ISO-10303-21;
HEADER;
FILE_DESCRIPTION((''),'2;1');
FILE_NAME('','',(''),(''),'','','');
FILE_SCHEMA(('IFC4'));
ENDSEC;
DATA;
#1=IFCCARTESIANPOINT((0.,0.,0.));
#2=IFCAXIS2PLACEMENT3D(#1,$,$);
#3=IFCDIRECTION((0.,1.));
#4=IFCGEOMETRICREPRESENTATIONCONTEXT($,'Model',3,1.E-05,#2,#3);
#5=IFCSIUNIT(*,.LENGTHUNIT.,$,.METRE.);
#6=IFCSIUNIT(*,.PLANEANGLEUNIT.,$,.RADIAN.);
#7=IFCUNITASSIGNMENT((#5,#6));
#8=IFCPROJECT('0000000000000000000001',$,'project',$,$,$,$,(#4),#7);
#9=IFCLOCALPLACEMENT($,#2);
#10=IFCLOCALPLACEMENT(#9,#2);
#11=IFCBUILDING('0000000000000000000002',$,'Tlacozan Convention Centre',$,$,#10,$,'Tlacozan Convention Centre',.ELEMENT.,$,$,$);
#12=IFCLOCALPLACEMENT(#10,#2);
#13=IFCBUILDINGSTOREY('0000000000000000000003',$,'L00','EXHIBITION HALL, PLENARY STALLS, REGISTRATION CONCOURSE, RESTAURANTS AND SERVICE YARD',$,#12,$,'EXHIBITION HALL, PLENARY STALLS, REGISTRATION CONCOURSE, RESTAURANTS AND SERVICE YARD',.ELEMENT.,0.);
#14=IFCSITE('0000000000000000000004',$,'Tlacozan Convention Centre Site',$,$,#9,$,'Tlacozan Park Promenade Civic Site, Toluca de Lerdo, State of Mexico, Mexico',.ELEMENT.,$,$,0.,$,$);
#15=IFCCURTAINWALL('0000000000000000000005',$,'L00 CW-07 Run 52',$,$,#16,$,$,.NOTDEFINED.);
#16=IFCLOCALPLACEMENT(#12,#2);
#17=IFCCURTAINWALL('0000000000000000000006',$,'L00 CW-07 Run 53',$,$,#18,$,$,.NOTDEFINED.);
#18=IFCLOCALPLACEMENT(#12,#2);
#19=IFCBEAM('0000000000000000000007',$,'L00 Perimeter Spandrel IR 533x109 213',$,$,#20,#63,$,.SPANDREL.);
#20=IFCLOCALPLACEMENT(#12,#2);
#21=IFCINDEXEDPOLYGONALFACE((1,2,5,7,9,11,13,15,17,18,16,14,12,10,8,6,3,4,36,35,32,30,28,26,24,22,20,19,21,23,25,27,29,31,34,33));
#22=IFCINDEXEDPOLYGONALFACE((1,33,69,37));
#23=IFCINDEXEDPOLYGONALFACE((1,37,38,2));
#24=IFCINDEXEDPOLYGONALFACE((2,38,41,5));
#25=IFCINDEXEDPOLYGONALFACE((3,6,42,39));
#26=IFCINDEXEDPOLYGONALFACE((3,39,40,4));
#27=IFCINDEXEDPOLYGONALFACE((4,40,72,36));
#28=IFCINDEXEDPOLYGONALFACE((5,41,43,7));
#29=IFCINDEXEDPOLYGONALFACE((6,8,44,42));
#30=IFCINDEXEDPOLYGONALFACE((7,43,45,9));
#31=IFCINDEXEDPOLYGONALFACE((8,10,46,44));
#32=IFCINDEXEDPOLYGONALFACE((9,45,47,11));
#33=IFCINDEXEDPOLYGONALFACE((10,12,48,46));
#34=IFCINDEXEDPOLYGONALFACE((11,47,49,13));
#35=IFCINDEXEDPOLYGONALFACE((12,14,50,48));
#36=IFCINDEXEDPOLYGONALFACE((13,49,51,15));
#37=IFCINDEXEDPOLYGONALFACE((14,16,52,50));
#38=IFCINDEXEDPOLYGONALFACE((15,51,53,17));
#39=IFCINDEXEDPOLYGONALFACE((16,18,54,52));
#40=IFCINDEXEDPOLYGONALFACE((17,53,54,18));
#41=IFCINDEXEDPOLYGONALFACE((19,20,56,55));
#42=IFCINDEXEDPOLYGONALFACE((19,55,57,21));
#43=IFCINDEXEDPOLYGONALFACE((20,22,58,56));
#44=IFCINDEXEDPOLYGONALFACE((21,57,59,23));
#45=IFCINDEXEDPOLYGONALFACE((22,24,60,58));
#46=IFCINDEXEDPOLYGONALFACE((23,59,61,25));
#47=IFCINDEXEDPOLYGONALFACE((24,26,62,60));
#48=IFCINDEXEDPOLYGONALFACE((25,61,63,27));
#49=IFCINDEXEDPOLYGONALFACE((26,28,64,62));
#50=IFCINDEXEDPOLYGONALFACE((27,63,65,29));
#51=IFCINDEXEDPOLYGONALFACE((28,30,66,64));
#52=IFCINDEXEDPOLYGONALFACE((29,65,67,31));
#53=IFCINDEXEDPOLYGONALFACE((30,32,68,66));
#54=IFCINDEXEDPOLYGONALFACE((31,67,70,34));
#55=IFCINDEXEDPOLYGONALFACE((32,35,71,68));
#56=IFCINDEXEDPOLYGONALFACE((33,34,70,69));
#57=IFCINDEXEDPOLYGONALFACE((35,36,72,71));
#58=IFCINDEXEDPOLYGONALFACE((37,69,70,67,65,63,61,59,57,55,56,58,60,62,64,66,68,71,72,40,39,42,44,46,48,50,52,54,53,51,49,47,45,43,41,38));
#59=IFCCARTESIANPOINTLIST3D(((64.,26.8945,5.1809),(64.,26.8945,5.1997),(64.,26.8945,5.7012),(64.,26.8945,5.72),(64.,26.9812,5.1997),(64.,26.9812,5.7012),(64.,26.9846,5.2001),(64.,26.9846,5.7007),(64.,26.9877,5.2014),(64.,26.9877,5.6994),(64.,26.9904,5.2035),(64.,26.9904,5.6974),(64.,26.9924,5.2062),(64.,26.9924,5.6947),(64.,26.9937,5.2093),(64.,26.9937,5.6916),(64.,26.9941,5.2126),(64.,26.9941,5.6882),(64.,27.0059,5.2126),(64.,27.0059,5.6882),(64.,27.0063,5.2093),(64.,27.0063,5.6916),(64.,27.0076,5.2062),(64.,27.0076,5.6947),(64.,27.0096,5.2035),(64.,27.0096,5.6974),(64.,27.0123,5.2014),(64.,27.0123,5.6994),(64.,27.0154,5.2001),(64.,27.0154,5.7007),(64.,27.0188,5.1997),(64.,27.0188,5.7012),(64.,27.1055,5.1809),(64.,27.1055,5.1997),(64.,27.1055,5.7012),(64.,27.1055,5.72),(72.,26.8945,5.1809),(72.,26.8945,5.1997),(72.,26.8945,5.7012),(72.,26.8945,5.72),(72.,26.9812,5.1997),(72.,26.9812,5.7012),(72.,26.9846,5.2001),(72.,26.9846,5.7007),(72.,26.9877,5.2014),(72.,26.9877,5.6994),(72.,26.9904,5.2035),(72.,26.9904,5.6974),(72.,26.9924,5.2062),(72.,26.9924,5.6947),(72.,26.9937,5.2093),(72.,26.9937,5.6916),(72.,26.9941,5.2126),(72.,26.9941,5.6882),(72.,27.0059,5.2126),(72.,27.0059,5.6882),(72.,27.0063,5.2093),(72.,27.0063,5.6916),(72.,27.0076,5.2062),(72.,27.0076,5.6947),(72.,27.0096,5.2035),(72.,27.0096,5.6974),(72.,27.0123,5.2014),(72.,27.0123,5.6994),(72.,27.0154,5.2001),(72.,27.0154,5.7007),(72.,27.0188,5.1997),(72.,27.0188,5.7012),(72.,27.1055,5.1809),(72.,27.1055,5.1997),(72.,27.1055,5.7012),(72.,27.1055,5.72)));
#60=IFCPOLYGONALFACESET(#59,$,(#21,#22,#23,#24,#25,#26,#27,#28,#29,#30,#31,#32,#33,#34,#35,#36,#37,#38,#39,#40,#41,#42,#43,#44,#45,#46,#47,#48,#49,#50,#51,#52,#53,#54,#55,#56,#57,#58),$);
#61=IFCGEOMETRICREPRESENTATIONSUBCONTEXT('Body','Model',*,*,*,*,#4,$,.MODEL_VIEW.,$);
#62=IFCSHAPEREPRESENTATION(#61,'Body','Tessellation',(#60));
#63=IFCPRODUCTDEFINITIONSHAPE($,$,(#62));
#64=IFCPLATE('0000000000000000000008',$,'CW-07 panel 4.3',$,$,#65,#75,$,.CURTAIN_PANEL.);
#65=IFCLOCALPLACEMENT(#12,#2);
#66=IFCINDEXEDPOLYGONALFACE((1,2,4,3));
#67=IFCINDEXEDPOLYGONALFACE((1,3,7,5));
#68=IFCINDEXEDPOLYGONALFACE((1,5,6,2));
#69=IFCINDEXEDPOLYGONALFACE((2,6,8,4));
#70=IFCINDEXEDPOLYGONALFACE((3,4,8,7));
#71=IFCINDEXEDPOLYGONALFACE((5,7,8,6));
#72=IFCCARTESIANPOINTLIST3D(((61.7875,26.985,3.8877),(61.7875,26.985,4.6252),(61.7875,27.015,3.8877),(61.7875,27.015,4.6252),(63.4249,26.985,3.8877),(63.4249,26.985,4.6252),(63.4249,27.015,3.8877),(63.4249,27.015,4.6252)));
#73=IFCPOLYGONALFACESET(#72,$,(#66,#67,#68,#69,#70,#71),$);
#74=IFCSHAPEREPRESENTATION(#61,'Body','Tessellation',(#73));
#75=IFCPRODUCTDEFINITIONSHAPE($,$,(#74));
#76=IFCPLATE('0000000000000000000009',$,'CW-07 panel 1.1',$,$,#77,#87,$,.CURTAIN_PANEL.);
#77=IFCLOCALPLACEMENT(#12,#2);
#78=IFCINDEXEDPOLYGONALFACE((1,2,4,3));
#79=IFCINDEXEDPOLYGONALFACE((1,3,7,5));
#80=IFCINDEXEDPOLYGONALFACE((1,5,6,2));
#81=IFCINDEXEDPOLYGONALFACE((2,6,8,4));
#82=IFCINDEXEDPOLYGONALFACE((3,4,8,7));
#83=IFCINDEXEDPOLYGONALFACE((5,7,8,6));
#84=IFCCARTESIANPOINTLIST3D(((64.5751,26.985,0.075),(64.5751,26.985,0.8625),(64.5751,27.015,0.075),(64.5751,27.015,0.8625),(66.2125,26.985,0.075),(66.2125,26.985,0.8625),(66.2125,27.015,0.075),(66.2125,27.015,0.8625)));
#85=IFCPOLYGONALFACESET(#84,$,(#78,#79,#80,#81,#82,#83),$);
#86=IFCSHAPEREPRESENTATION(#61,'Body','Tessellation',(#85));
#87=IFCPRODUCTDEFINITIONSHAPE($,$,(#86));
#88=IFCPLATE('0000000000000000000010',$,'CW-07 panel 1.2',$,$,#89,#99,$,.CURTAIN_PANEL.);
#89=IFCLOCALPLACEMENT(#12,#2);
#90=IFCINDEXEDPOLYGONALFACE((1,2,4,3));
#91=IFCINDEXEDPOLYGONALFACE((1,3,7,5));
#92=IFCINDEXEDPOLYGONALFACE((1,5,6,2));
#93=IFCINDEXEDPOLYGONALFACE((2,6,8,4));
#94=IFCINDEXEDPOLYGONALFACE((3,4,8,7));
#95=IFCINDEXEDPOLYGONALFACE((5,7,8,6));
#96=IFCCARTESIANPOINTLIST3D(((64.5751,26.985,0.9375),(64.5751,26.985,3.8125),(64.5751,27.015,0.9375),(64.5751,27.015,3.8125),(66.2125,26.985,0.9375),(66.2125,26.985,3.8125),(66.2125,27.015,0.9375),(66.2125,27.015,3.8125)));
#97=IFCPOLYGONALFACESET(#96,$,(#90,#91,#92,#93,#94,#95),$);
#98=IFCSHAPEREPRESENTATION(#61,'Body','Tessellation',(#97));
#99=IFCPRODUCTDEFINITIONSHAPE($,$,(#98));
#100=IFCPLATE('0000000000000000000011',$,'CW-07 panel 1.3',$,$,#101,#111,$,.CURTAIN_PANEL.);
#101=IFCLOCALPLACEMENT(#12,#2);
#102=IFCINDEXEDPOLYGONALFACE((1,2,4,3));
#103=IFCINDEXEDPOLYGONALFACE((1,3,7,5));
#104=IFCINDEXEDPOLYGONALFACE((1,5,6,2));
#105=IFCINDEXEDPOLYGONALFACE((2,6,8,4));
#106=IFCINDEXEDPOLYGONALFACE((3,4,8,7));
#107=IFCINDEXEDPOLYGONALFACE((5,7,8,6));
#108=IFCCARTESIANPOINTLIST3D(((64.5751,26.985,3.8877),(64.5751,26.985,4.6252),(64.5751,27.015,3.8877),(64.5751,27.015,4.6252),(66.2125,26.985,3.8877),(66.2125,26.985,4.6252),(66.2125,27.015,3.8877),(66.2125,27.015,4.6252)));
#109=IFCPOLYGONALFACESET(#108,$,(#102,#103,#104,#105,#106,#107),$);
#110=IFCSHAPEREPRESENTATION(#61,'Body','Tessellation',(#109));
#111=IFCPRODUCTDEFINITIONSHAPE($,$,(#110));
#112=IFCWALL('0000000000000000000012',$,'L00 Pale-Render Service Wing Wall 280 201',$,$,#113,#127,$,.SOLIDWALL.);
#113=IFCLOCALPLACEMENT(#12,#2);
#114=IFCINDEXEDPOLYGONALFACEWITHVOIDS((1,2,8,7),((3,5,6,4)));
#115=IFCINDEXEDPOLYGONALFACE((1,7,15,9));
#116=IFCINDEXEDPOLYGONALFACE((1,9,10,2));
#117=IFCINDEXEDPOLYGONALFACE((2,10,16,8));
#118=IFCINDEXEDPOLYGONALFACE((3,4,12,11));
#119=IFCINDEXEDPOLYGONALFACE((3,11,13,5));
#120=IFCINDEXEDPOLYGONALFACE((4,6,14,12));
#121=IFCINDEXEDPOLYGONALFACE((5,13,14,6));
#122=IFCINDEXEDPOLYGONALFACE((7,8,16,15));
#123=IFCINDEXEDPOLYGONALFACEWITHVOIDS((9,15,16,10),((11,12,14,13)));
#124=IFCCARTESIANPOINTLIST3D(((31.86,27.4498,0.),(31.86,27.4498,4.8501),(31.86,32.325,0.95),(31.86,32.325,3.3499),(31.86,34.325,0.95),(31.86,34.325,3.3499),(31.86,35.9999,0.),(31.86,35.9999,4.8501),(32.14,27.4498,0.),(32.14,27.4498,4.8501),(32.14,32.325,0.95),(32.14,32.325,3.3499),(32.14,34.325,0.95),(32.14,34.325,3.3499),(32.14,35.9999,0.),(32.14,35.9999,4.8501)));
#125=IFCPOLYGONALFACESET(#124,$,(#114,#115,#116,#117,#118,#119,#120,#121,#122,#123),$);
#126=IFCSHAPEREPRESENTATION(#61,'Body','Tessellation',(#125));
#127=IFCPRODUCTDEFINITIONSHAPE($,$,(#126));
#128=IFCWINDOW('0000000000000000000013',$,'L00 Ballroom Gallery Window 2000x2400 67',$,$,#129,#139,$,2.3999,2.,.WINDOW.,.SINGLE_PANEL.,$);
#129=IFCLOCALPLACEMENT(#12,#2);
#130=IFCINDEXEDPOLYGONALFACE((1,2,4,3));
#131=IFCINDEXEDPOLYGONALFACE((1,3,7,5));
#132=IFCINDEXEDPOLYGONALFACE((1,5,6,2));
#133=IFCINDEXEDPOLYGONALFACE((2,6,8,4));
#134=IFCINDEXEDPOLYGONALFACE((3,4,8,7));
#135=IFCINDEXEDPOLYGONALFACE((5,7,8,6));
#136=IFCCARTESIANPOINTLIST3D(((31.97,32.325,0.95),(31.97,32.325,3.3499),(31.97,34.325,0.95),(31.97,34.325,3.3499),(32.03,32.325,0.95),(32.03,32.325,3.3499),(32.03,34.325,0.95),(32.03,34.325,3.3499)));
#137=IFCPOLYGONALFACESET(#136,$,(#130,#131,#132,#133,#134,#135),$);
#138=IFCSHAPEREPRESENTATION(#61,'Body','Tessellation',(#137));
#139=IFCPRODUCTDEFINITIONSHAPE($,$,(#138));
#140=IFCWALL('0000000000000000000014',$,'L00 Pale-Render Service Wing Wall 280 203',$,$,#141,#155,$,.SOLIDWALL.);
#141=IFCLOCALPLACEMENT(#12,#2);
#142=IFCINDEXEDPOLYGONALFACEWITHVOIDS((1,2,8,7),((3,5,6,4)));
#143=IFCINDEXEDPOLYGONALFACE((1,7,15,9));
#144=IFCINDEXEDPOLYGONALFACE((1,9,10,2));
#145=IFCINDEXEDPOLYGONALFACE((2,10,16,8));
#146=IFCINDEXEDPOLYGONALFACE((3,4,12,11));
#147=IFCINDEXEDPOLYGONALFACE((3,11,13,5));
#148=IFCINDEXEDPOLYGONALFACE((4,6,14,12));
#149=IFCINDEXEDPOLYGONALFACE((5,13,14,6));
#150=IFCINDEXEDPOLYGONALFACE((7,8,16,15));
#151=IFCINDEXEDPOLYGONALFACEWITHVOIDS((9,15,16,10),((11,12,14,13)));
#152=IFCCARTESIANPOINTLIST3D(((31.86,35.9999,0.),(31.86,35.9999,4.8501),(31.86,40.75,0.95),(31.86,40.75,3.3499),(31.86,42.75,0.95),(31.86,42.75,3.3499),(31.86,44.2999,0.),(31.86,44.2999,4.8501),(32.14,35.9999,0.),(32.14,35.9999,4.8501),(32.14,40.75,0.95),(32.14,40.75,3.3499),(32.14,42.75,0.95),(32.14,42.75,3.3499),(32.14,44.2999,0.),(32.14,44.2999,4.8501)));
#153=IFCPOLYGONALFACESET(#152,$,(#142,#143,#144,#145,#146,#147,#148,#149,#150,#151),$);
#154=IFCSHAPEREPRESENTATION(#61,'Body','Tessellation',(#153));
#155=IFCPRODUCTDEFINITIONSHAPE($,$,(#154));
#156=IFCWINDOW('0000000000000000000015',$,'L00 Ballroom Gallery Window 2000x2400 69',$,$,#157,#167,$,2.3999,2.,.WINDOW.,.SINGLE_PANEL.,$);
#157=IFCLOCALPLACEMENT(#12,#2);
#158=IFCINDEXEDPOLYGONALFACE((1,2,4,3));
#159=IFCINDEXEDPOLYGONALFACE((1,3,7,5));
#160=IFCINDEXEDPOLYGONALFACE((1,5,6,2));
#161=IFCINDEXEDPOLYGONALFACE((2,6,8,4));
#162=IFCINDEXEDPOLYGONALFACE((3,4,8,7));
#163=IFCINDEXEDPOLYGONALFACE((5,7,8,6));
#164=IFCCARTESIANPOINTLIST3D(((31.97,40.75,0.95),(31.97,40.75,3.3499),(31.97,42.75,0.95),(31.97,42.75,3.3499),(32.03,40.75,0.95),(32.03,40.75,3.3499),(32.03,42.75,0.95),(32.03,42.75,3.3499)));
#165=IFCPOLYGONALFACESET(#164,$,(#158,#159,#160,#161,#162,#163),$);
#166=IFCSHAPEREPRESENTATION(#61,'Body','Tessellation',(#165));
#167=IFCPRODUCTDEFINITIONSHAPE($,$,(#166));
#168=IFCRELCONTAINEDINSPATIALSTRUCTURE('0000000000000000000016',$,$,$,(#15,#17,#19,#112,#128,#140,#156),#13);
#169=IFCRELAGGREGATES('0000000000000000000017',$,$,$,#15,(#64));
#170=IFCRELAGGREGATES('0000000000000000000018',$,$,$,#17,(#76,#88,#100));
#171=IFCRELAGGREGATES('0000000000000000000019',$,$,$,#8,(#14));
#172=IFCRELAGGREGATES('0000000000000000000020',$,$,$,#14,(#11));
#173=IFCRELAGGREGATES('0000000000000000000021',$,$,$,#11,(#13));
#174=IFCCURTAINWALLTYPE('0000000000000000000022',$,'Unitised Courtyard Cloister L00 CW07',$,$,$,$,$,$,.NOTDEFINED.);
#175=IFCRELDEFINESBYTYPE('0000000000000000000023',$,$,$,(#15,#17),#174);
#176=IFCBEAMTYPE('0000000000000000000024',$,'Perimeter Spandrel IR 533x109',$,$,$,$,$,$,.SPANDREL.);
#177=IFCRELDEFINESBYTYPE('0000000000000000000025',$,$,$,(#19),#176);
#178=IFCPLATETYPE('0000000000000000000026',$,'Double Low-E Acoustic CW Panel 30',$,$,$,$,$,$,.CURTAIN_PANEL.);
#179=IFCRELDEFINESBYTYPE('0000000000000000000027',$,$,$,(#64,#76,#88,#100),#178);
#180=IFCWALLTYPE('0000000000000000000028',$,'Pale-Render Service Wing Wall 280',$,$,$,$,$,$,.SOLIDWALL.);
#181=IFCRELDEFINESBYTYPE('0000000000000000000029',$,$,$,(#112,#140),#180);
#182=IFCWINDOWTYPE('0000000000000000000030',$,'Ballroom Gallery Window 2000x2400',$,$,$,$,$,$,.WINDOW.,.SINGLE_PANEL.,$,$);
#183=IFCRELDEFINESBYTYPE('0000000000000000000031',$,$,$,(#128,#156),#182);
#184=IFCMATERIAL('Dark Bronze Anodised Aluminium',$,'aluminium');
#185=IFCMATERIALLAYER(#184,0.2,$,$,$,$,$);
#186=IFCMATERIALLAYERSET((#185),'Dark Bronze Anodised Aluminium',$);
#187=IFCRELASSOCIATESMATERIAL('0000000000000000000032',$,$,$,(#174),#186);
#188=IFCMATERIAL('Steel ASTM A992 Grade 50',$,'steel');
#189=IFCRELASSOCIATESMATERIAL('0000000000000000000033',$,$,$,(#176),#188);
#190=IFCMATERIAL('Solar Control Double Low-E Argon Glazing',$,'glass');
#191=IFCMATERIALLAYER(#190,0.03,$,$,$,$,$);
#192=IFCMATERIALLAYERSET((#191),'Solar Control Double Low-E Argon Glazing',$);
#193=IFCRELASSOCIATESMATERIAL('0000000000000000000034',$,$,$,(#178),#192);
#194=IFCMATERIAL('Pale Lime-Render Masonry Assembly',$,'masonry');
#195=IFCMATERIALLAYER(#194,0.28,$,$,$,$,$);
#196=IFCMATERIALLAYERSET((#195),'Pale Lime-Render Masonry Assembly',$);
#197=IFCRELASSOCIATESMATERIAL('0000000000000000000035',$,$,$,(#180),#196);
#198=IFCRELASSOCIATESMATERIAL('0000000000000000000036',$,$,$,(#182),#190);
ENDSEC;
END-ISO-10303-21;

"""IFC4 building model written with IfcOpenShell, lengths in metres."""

from ifc_helpers import new_model, si_unit, direction, frame, frame_2d, origin, origin_2d, place, context, subcontext, project, spatial, rectangle, i_section, extrude, material, layer, layer_set, material_profile, profile_set, type_object, element, fill, aggregate, save


model = new_model("IFC4")

# Units and contexts
model_context = context("Model", 3, precision=1e-05, world=origin(), true_north=direction((0.0, 1.0)))
body_context = subcontext(model_context, "Body", "Model", "MODEL_VIEW")
ifc_project = project(units=[si_unit("LENGTHUNIT", "METRE"), si_unit("PLANEANGLEUNIT", "RADIAN")], contexts=[model_context])

# Site, building, storey
site_placement = place(None, origin())
site = spatial("IfcSite", under=ifc_project, at=site_placement, Name="Tlacozan Convention Centre Site", LongName="Tlacozan Park Promenade Civic Site, Toluca de Lerdo, State of Mexico, Mexico", CompositionType="ELEMENT", RefElevation=0.0)
building_placement = place(site_placement, origin())
building = spatial("IfcBuilding", under=site, at=building_placement, Name="Tlacozan Convention Centre", LongName="Tlacozan Convention Centre", CompositionType="ELEMENT")
storey_placement = place(building_placement, origin())
storey = spatial("IfcBuildingStorey", under=building, at=storey_placement, Name="L00", Description="EXHIBITION HALL, PLENARY STALLS, REGISTRATION CONCOURSE, RESTAURANTS AND SERVICE YARD", LongName="EXHIBITION HALL, PLENARY STALLS, REGISTRATION CONCOURSE, RESTAURANTS AND SERVICE YARD", CompositionType="ELEMENT", Elevation=0.0)

# Shared definitions
ifc_material_1 = material(Name="Steel ASTM A992 Grade 50", Category="steel")

# Curtain wall
ifc_material_2 = material(Name="Dark Bronze Anodised Aluminium", Category="aluminium")
ifc_layer_1 = layer(ifc_material_2, 0.2)
ifc_layer_set_1 = layer_set([ifc_layer_1], Name="Dark Bronze Anodised Aluminium")
curtain_wall_type = type_object("IfcCurtainWallType", Name="Unitised Courtyard Cloister L00 CW07", PredefinedType="NOTDEFINED", material=ifc_layer_set_1)
curtain_wall_1_placement = place(storey_placement, origin())
curtain_wall_1 = element("IfcCurtainWall", 1, at=curtain_wall_1_placement, inside=storey, type_object=curtain_wall_type, Name="L00 CW-07 Run 52", PredefinedType="NOTDEFINED")

# Curtain wall
curtain_wall_2_placement = place(storey_placement, origin())
curtain_wall_2 = element("IfcCurtainWall", 2, at=curtain_wall_2_placement, inside=storey, type_object=curtain_wall_type, Name="L00 CW-07 Run 53", PredefinedType="NOTDEFINED")

# Beam
ifc_material_profile_1 = material_profile(ifc_material_1, i_section(OverallWidth=0.2109, OverallDepth=0.5391, WebThickness=0.0117, FlangeThickness=0.0188, FilletRadius=0.0129, at=origin_2d()), Name="IR 533x109.0")
ifc_profile_set_1 = profile_set([ifc_material_profile_1], Name="Steel ASTM A992 Grade 50")
beam_type_1 = type_object("IfcBeamType", Name="Perimeter Spandrel IR 533x109", PredefinedType="SPANDREL", material=ifc_profile_set_1)
beam_1_placement = place(storey_placement, frame((64.0, 27.0, 5.4504), z_axis=(1.0, 0.0, 0.0), x_axis=(0.0, 1.0, 0.0)))
element("IfcBeam", 3, at=beam_1_placement, inside=storey, type_object=beam_type_1, Name="L00 Perimeter Spandrel IR 533x109 213", PredefinedType="SPANDREL", context=body_context, shape_type="SweptSolid", body=[
    extrude(i_section(OverallWidth=0.2109, OverallDepth=0.5391, WebThickness=0.0117, FlangeThickness=0.0188, FilletRadius=0.0129, at=origin_2d()), origin(), (0.0, 0.0, 1.0), 8.0),
])

# Plates
ifc_material_3 = material(Name="Solar Control Double Low-E Argon Glazing", Category="glass")
ifc_layer_2 = layer(ifc_material_3, 0.03)
ifc_layer_set_2 = layer_set([ifc_layer_2], Name="Solar Control Double Low-E Argon Glazing")
plate_type = type_object("IfcPlateType", Name="Double Low-E Acoustic CW Panel 30", PredefinedType="CURTAIN_PANEL", material=ifc_layer_set_2)
plate_1_placement = place(storey_placement, frame((62.6062, 27.0, 3.8877), z_axis=(0.0, 0.0, 1.0), x_axis=(1.0, 0.0, 0.0)))
plate_1 = element("IfcPlate", 4, at=plate_1_placement, type_object=plate_type, Name="CW-07 panel 4.3", PredefinedType="CURTAIN_PANEL", context=body_context, shape_type="SweptSolid", body=[
    extrude(rectangle(XDim=1.6375, YDim=0.03, at=origin_2d()), origin(), (0.0, 0.0, 1.0), 0.7375),
])
aggregate(curtain_wall_1, [plate_1])
plate_2_placement = place(storey_placement, frame((65.3938, 27.0, 0.075), z_axis=(0.0, 0.0, 1.0), x_axis=(1.0, 0.0, 0.0)))
plate_2 = element("IfcPlate", 5, at=plate_2_placement, type_object=plate_type, Name="CW-07 panel 1.1", PredefinedType="CURTAIN_PANEL", context=body_context, shape_type="SweptSolid", body=[
    extrude(rectangle(XDim=1.6375, YDim=0.03, at=origin_2d()), origin(), (0.0, 0.0, 1.0), 0.7876),
])
plate_3_placement = place(storey_placement, frame((65.3938, 27.0, 0.9375), z_axis=(0.0, 0.0, 1.0), x_axis=(1.0, 0.0, 0.0)))
plate_3 = element("IfcPlate", 6, at=plate_3_placement, type_object=plate_type, Name="CW-07 panel 1.2", PredefinedType="CURTAIN_PANEL", context=body_context, shape_type="SweptSolid", body=[
    extrude(rectangle(XDim=1.6375, YDim=0.03, at=origin_2d()), origin(), (0.0, 0.0, 1.0), 2.875),
])
plate_4_placement = place(storey_placement, frame((65.3938, 27.0, 3.8877), z_axis=(0.0, 0.0, 1.0), x_axis=(1.0, 0.0, 0.0)))
plate_4 = element("IfcPlate", 7, at=plate_4_placement, type_object=plate_type, Name="CW-07 panel 1.3", PredefinedType="CURTAIN_PANEL", context=body_context, shape_type="SweptSolid", body=[
    extrude(rectangle(XDim=1.6375, YDim=0.03, at=origin_2d()), origin(), (0.0, 0.0, 1.0), 0.7375),
])
aggregate(curtain_wall_2, [plate_2, plate_3, plate_4])

# Walls, openings, windows
ifc_material_4 = material(Name="Pale Lime-Render Masonry Assembly", Category="masonry")
ifc_layer_3 = layer(ifc_material_4, 0.28)
ifc_layer_set_3 = layer_set([ifc_layer_3], Name="Pale Lime-Render Masonry Assembly")
wall_type = type_object("IfcWallType", Name="Pale-Render Service Wing Wall 280", PredefinedType="SOLIDWALL", material=ifc_layer_set_3)
wall_1_placement = place(storey_placement, frame((32.0, 27.45, 0.0), z_axis=(0.0, 0.0, 1.0), x_axis=(0.0, 1.0, 0.0)))
wall_1 = element("IfcWall", 8, at=wall_1_placement, inside=storey, type_object=wall_type, Name="L00 Pale-Render Service Wing Wall 280 201", PredefinedType="SOLIDWALL", context=body_context, shape_type="SweptSolid", body=[
    extrude(rectangle(XDim=8.55, YDim=0.28, at=frame_2d((4.2749, 0.0))), origin(), (0.0, 0.0, 1.0), 4.8501),
])
opening_1_placement = place(wall_1_placement, frame((4.875, 0.0, 0.95)))
opening_1 = element("IfcOpeningElement", 9, at=opening_1_placement, cuts=wall_1, PredefinedType="OPENING", context=body_context, shape_type="SweptSolid", body=[
    extrude(rectangle(XDim=2.0, YDim=2.3999, at=frame_2d((1.0, 1.2))), frame((0.0, 0.1499, 0.0), z_axis=(0.0, -1.0, 0.0), x_axis=(1.0, 0.0, 0.0)), (0.0, 0.0, 1.0), 0.3),
])
window_type = type_object("IfcWindowType", Name="Ballroom Gallery Window 2000x2400", PartitioningType="SINGLE_PANEL", PredefinedType="WINDOW", material=ifc_material_3)
window_1_placement = place(opening_1_placement, origin())
window_1 = element("IfcWindow", 10, at=window_1_placement, inside=storey, type_object=window_type, Name="L00 Ballroom Gallery Window 2000x2400 67", OverallHeight=2.3999, OverallWidth=2.0, PartitioningType="SINGLE_PANEL", PredefinedType="WINDOW", context=body_context, shape_type="SweptSolid", body=[
    extrude(rectangle(XDim=2.0, YDim=2.3999, at=frame_2d((1.0, 1.2))), frame((0.0, 0.03, 0.0), z_axis=(0.0, -1.0, 0.0), x_axis=(1.0, 0.0, 0.0)), (0.0, 0.0, 1.0), 0.0601),
])
fill(opening_1, window_1)
wall_2_placement = place(storey_placement, frame((32.0, 36.0, 0.0), z_axis=(0.0, 0.0, 1.0), x_axis=(0.0, 1.0, 0.0)))
wall_2 = element("IfcWall", 11, at=wall_2_placement, inside=storey, type_object=wall_type, Name="L00 Pale-Render Service Wing Wall 280 203", PredefinedType="SOLIDWALL", context=body_context, shape_type="SweptSolid", body=[
    extrude(rectangle(XDim=8.3, YDim=0.28, at=frame_2d((4.1499, 0.0))), origin(), (0.0, 0.0, 1.0), 4.8501),
])
opening_2_placement = place(wall_2_placement, frame((4.75, 0.0, 0.95)))
opening_2 = element("IfcOpeningElement", 12, at=opening_2_placement, cuts=wall_2, PredefinedType="OPENING", context=body_context, shape_type="SweptSolid", body=[
    extrude(rectangle(XDim=2.0, YDim=2.3999, at=frame_2d((1.0, 1.2))), frame((0.0, 0.1499, 0.0), z_axis=(0.0, -1.0, 0.0), x_axis=(1.0, 0.0, 0.0)), (0.0, 0.0, 1.0), 0.3),
])
window_2_placement = place(opening_2_placement, origin())
window_2 = element("IfcWindow", 13, at=window_2_placement, inside=storey, type_object=window_type, Name="L00 Ballroom Gallery Window 2000x2400 69", OverallHeight=2.3999, OverallWidth=2.0, PartitioningType="SINGLE_PANEL", PredefinedType="WINDOW", context=body_context, shape_type="SweptSolid", body=[
    extrude(rectangle(XDim=2.0, YDim=2.3999, at=frame_2d((1.0, 1.2))), frame((0.0, 0.03, 0.0), z_axis=(0.0, -1.0, 0.0), x_axis=(1.0, 0.0, 0.0)), (0.0, 0.0, 1.0), 0.0601),
])
fill(opening_2, window_2)

save(model, "model.ifc")
